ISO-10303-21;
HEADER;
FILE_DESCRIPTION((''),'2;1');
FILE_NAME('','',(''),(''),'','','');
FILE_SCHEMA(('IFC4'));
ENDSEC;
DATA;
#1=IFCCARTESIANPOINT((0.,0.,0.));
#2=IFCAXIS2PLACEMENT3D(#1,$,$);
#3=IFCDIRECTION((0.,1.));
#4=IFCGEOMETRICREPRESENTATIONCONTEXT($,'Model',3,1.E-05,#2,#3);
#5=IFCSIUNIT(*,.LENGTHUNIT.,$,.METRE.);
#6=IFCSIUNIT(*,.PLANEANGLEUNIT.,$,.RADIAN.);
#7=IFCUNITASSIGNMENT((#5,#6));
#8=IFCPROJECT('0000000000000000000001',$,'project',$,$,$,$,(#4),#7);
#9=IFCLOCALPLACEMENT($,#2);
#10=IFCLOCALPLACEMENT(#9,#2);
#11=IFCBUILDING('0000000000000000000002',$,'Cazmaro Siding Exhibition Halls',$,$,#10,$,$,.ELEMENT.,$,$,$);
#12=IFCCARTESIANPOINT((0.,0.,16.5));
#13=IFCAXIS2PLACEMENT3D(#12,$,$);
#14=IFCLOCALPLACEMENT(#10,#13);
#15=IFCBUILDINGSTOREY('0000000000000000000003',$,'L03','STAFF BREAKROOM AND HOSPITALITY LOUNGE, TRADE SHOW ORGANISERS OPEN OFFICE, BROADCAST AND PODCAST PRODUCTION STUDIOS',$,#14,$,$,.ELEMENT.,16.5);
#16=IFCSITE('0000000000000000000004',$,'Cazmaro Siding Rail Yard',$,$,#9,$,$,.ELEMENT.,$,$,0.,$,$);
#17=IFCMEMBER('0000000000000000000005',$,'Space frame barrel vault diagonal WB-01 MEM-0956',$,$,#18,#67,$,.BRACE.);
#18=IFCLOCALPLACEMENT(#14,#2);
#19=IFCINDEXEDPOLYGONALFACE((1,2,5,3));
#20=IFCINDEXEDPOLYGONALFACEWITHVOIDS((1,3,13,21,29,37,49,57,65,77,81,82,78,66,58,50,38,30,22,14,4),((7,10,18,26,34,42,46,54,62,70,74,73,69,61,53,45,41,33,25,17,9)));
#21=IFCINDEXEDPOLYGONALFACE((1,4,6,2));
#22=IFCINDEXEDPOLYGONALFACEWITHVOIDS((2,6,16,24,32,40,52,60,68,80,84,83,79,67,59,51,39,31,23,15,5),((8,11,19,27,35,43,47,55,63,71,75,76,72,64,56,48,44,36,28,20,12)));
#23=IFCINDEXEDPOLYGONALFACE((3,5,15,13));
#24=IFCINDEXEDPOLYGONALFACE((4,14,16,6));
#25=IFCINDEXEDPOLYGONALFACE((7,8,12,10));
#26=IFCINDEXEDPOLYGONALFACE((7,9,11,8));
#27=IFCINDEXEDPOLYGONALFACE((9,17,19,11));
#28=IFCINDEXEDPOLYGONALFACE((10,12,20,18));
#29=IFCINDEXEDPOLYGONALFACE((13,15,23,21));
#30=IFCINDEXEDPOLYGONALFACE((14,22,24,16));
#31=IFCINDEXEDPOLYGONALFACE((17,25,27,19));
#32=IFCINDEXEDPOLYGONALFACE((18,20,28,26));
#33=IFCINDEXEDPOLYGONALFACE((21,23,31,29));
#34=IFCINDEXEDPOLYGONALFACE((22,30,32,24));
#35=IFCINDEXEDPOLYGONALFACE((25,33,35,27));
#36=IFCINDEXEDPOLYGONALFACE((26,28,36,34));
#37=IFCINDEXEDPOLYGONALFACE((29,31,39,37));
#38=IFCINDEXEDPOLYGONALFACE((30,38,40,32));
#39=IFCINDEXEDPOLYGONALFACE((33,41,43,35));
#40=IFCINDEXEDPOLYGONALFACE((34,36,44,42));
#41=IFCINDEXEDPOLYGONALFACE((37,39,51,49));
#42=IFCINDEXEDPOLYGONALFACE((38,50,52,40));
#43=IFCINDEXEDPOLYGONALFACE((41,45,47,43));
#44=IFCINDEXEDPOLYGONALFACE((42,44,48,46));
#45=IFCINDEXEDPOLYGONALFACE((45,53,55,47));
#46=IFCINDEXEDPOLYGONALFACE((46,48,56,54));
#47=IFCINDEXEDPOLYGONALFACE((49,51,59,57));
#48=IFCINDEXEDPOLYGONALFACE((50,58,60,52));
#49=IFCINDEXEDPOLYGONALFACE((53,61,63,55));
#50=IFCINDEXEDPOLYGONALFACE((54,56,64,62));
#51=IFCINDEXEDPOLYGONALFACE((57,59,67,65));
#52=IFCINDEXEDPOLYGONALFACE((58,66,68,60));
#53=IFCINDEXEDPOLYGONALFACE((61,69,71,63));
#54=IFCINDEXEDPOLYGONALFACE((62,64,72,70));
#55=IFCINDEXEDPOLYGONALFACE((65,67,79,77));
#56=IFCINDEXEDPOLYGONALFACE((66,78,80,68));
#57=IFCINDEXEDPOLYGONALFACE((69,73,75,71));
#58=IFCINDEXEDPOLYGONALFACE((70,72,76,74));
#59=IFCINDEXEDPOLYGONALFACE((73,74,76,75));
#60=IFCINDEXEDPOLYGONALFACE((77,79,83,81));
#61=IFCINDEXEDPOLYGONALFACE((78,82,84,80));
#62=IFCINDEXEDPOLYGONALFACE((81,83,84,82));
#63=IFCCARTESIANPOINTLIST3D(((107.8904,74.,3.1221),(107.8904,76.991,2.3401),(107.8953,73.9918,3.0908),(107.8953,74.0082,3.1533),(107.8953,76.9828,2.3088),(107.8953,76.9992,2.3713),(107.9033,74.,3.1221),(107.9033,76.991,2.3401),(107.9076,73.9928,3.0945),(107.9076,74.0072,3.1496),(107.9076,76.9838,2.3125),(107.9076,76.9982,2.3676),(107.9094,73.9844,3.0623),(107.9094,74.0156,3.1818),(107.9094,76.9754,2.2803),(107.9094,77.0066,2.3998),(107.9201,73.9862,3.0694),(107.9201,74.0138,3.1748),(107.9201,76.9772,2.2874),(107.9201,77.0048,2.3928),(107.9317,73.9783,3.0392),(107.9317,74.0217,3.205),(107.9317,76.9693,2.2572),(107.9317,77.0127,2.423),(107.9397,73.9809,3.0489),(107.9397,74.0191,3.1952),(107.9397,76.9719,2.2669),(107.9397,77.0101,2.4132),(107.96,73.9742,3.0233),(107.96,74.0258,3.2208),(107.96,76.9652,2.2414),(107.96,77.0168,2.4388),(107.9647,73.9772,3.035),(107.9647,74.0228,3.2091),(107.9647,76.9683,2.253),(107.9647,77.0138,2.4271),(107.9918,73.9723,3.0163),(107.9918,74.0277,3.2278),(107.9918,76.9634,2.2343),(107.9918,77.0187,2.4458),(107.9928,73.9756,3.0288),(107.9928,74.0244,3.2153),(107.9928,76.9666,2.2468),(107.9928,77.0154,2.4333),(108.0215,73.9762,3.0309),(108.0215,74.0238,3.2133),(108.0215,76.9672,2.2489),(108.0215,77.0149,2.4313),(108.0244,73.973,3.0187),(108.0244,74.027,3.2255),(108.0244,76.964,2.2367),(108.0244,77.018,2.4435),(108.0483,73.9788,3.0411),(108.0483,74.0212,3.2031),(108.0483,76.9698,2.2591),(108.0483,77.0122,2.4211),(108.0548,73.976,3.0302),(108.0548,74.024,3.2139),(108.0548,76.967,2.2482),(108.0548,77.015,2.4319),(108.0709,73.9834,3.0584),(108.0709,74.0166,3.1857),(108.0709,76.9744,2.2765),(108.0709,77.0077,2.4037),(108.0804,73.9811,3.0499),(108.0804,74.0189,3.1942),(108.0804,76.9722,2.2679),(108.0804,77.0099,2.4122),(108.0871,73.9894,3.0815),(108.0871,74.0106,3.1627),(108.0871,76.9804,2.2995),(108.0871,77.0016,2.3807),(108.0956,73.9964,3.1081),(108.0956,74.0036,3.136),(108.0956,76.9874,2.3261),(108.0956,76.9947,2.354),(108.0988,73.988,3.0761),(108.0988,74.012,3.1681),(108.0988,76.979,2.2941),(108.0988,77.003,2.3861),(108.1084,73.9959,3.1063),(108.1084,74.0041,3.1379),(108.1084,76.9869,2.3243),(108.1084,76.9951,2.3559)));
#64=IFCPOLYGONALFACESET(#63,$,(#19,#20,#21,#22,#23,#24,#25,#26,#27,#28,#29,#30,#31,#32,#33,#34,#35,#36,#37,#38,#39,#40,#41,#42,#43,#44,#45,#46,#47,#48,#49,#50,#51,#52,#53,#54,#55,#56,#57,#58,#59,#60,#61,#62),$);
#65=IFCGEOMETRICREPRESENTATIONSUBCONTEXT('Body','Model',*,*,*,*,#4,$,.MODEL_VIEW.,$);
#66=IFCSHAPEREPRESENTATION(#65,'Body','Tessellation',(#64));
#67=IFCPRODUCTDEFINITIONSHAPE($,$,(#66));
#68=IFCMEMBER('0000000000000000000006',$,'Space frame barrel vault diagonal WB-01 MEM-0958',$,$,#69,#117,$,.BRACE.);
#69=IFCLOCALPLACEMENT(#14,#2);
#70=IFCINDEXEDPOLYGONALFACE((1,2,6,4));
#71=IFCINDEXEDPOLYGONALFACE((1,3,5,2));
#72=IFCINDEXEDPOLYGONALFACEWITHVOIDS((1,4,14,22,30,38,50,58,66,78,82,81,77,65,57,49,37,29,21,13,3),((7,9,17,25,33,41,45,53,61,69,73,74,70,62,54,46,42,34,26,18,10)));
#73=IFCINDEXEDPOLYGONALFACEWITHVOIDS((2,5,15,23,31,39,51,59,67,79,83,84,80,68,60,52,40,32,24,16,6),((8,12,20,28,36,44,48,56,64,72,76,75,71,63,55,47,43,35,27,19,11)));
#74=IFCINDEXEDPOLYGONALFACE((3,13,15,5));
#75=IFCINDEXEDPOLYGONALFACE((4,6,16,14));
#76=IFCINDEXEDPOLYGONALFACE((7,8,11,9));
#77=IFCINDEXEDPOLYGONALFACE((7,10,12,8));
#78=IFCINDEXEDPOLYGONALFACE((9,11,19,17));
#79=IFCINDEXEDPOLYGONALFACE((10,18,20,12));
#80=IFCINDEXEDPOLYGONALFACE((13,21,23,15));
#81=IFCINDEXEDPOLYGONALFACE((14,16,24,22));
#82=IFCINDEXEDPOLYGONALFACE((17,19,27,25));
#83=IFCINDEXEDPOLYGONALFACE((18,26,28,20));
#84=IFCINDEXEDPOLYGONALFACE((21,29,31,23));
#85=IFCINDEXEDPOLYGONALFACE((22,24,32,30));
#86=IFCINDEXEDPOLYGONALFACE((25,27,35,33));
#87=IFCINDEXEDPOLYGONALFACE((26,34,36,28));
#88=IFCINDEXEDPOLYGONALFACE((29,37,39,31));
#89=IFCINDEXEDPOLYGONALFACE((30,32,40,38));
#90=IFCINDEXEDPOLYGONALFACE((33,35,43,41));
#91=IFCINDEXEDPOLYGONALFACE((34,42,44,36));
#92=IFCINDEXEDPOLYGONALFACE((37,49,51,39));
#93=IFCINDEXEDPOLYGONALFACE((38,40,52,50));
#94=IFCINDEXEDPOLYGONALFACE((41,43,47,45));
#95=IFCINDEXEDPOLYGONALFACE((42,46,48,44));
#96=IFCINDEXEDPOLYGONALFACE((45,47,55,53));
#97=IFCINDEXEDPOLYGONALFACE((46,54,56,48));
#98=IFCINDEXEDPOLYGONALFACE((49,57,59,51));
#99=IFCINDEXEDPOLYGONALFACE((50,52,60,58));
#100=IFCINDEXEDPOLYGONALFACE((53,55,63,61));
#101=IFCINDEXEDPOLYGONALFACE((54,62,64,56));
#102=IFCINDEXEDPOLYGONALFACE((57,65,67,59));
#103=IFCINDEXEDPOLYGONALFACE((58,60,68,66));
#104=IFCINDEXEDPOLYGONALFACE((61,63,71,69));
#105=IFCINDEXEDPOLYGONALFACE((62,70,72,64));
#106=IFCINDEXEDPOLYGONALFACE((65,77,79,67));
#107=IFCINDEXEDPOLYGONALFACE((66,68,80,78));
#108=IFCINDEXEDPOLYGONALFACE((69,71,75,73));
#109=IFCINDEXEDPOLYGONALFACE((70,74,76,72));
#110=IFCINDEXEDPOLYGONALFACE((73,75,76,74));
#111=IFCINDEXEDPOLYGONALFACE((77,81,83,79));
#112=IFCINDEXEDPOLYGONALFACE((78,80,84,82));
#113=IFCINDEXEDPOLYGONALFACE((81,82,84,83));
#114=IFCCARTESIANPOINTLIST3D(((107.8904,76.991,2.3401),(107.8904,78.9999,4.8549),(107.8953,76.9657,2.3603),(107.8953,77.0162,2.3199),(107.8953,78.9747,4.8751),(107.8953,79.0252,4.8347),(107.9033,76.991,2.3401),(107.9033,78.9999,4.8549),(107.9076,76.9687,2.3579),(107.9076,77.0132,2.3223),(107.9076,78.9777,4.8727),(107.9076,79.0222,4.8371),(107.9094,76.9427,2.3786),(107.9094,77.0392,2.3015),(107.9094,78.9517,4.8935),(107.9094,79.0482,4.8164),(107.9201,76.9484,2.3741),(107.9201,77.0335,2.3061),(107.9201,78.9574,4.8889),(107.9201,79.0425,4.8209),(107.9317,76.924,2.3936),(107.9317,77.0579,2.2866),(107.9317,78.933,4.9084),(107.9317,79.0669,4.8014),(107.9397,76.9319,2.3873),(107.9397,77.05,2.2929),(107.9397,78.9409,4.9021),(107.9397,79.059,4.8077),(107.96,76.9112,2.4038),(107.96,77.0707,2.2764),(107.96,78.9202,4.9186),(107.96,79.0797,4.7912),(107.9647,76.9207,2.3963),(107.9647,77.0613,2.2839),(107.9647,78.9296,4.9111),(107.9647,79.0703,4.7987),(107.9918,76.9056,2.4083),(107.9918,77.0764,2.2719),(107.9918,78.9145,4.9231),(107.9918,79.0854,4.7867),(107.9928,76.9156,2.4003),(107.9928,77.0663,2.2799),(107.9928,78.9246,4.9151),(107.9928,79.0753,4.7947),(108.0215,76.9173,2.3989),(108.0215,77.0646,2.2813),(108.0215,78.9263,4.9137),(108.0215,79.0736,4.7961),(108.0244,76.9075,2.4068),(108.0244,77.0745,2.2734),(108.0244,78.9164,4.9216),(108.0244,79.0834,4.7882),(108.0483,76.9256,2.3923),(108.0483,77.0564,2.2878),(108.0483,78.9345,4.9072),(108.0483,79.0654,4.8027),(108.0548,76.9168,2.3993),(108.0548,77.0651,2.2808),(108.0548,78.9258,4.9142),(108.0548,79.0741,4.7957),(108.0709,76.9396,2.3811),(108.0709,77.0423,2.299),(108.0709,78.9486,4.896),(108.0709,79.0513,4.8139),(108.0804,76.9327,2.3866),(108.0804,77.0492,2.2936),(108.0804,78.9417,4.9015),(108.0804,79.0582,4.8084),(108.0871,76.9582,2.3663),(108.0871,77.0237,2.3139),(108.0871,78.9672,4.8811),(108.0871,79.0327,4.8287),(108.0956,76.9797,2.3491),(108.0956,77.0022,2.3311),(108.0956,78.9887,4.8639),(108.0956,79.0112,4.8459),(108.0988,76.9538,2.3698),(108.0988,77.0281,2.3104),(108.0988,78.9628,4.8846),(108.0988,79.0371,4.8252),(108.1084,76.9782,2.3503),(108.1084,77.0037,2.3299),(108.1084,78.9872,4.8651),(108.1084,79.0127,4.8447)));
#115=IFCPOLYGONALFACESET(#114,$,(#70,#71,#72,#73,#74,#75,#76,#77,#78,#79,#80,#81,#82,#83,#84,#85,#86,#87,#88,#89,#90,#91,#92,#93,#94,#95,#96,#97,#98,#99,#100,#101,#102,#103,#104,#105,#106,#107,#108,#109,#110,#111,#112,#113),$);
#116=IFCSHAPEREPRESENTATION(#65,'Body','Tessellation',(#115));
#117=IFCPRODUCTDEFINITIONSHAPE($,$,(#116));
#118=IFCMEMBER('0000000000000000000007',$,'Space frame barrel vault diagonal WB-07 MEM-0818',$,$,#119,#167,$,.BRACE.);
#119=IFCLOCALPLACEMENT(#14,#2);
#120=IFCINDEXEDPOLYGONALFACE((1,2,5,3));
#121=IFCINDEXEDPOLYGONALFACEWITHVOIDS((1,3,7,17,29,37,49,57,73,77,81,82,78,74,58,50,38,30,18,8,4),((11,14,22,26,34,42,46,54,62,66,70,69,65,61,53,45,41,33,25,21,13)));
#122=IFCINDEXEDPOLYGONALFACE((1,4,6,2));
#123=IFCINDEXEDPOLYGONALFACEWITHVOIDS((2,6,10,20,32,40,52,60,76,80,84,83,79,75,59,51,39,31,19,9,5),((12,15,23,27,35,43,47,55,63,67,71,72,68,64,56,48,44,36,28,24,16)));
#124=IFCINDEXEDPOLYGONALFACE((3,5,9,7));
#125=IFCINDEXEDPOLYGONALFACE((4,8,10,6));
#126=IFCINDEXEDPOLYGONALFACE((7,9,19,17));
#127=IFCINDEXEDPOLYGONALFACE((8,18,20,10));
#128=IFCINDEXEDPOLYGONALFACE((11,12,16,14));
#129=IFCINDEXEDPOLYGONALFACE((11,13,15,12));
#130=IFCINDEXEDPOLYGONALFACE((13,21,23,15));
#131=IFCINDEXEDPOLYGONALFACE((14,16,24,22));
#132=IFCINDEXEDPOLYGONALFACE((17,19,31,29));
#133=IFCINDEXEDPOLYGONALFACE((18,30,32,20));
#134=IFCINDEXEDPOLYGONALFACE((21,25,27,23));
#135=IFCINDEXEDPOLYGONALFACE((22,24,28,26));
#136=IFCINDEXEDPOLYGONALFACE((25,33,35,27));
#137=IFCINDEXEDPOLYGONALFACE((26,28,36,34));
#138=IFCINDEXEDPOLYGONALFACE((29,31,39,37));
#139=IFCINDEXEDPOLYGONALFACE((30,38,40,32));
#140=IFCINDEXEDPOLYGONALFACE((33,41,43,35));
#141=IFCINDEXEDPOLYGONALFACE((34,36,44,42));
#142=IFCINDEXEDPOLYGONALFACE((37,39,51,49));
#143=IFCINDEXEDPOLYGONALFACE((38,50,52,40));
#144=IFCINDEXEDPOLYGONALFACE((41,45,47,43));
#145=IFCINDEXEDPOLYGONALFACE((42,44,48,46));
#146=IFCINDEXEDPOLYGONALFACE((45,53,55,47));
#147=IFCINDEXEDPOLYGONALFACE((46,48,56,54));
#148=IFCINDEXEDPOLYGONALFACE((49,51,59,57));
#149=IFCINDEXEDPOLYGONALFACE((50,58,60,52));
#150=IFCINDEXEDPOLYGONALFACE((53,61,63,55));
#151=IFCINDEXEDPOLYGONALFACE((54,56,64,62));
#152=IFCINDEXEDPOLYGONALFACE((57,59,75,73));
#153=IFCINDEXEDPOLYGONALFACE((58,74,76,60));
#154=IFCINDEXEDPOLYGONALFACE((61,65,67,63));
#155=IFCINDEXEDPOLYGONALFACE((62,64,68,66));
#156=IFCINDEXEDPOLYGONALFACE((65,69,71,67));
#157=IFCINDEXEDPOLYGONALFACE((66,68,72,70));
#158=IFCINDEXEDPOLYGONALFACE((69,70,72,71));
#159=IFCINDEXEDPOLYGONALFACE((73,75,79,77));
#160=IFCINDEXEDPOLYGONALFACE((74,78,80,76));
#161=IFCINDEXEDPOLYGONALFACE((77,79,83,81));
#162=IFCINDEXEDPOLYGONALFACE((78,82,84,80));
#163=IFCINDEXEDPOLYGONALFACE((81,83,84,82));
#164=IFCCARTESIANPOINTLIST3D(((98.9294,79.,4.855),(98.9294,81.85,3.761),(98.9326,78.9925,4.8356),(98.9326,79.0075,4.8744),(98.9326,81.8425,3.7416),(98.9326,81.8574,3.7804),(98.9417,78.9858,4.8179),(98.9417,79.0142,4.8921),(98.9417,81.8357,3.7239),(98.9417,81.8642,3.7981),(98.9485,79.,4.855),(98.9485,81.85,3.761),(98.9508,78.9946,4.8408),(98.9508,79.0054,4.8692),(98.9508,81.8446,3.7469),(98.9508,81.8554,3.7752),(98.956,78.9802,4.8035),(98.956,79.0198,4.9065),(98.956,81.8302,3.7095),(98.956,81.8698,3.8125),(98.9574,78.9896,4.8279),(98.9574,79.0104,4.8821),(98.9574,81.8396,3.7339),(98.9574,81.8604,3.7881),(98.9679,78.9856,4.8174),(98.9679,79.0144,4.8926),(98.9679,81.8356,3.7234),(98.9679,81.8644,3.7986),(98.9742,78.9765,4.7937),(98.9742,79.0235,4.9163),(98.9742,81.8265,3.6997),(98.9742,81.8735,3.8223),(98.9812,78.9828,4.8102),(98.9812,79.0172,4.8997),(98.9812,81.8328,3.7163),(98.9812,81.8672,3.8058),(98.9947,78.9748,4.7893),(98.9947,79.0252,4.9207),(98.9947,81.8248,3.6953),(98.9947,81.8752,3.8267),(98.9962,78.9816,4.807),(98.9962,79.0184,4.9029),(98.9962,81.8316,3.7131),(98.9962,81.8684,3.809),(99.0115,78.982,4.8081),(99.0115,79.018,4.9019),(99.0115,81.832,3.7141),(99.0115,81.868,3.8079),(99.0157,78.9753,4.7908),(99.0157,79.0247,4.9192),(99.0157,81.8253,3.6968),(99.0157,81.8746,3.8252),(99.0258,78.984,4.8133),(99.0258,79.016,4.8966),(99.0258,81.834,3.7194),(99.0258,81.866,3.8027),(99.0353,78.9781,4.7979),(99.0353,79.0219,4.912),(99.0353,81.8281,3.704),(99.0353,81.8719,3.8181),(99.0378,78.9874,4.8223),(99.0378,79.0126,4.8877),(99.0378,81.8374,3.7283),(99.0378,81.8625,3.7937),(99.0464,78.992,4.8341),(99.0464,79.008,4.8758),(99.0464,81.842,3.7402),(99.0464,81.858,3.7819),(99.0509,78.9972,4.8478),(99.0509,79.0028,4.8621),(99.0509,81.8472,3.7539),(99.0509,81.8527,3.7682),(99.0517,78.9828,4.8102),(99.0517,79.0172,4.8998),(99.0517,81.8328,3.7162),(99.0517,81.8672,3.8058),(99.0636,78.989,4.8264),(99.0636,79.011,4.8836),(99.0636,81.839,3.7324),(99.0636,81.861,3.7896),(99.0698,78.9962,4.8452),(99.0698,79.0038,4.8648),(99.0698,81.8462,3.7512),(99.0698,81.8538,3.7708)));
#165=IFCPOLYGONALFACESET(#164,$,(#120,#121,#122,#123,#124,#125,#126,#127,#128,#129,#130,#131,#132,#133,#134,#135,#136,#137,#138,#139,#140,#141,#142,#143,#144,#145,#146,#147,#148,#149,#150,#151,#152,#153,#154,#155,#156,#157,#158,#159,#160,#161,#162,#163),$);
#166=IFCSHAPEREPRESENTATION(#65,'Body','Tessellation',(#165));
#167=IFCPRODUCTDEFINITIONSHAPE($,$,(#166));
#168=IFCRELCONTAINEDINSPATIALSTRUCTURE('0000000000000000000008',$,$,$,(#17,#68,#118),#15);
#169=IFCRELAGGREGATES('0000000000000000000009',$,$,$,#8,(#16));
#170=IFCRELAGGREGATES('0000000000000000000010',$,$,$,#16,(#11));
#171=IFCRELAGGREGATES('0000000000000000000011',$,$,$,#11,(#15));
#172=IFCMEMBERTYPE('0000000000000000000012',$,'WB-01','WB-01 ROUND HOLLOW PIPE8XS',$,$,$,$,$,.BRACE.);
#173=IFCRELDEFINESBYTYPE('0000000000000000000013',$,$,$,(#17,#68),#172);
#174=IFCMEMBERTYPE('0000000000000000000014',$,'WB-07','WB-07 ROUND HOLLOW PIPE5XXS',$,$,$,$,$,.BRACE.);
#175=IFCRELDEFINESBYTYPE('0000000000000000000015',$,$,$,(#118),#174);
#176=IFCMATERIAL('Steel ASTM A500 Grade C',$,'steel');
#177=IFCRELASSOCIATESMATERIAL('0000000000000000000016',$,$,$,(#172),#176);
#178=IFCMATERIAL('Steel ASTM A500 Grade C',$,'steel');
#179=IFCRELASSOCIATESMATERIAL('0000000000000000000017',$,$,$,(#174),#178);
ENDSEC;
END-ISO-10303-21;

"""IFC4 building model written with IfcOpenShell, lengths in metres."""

from ifc_helpers import new_model, si_unit, direction, frame, origin, origin_2d, place, context, subcontext, project, spatial, hollow_circle, extrude, material, material_profile, profile_set, type_object, element, save


model = new_model("IFC4")

# Units and contexts
model_context = context("Model", 3, precision=1e-05, world=origin(), true_north=direction((0.0, 1.0)))
body_context = subcontext(model_context, "Body", "Model", "MODEL_VIEW")
ifc_project = project(units=[si_unit("LENGTHUNIT", "METRE"), si_unit("PLANEANGLEUNIT", "RADIAN")], contexts=[model_context])

# Site, building, storey
site_placement = place(None, origin())
site = spatial("IfcSite", under=ifc_project, at=site_placement, Name="Cazmaro Siding Rail Yard", CompositionType="ELEMENT", RefElevation=0.0)
building_placement = place(site_placement, origin())
building = spatial("IfcBuilding", under=site, at=building_placement, Name="Cazmaro Siding Exhibition Halls", CompositionType="ELEMENT")
storey_placement = place(building_placement, frame((0.0, 0.0, 16.5)))
storey = spatial("IfcBuildingStorey", under=building, at=storey_placement, Name="L03", Description="STAFF BREAKROOM AND HOSPITALITY LOUNGE, TRADE SHOW ORGANISERS OPEN OFFICE, BROADCAST AND PODCAST PRODUCTION STUDIOS", CompositionType="ELEMENT", Elevation=16.5)

# Members
ifc_material_1 = material(Name="Steel ASTM A500 Grade C", Category="steel")
ifc_material_profile_1 = material_profile(ifc_material_1, hollow_circle(Radius=0.1096, WallThickness=0.0129, at=origin_2d()), Name="PIPE8XS")
ifc_profile_set_1 = profile_set([ifc_material_profile_1], Name="Steel ASTM A500 Grade C")
member_type_1 = type_object("IfcMemberType", Name="WB-01", Description="WB-01 ROUND HOLLOW PIPE8XS", PredefinedType="BRACE", material=ifc_profile_set_1)
member_1_placement = place(storey_placement, frame((108.0, 74.0, 3.1221), z_axis=(0.0, 0.96748, -0.252946), x_axis=(-1.0, 0.0, 0.0)))
element("IfcMember", 1, at=member_1_placement, inside=storey, type_object=member_type_1, Name="Space frame barrel vault diagonal WB-01 MEM-0956", PredefinedType="BRACE", context=body_context, shape_type="SweptSolid", body=[
    extrude(hollow_circle(Radius=0.1096, WallThickness=0.0129, at=origin_2d()), origin(), (0.0, 0.0, 1.0), 3.0916),
])
member_2_placement = place(storey_placement, frame((108.0, 76.991, 2.3401), z_axis=(0.0, 0.624149, 0.781305), x_axis=(-1.0, 0.0, 0.0)))
element("IfcMember", 2, at=member_2_placement, inside=storey, type_object=member_type_1, Name="Space frame barrel vault diagonal WB-01 MEM-0958", PredefinedType="BRACE", context=body_context, shape_type="SweptSolid", body=[
    extrude(hollow_circle(Radius=0.1096, WallThickness=0.0129, at=origin_2d()), origin(), (0.0, 0.0, 1.0), 3.2188),
])
ifc_material_2 = material(Name="Steel ASTM A500 Grade C", Category="steel")
ifc_material_profile_2 = material_profile(ifc_material_2, hollow_circle(Radius=0.0706, WallThickness=0.019, at=origin_2d()), Name="PIPE5XXS")
ifc_profile_set_2 = profile_set([ifc_material_profile_2], Name="Steel ASTM A500 Grade C")
member_type_2 = type_object("IfcMemberType", Name="WB-07", Description="WB-07 ROUND HOLLOW PIPE5XXS", PredefinedType="BRACE", material=ifc_profile_set_2)
for number, where, z_axis, x_axis, name in (
    (3, (99.0, 79.0, 4.855), (0.0, 0.933587, -0.358352), (-1.0, 0.0, 0.0), "Space frame barrel vault diagonal WB-07 MEM-0818"),
):
    element("IfcMember", number, at=place(storey_placement, frame(where, z_axis=z_axis, x_axis=x_axis)), inside=storey, type_object=member_type_2, Name=name, PredefinedType="BRACE", context=body_context, shape_type="SweptSolid", body=[
        extrude(hollow_circle(Radius=0.0706, WallThickness=0.019, at=origin_2d()), origin(), (0.0, 0.0, 1.0), 3.0527),
    ])

save(model, "model.ifc")
